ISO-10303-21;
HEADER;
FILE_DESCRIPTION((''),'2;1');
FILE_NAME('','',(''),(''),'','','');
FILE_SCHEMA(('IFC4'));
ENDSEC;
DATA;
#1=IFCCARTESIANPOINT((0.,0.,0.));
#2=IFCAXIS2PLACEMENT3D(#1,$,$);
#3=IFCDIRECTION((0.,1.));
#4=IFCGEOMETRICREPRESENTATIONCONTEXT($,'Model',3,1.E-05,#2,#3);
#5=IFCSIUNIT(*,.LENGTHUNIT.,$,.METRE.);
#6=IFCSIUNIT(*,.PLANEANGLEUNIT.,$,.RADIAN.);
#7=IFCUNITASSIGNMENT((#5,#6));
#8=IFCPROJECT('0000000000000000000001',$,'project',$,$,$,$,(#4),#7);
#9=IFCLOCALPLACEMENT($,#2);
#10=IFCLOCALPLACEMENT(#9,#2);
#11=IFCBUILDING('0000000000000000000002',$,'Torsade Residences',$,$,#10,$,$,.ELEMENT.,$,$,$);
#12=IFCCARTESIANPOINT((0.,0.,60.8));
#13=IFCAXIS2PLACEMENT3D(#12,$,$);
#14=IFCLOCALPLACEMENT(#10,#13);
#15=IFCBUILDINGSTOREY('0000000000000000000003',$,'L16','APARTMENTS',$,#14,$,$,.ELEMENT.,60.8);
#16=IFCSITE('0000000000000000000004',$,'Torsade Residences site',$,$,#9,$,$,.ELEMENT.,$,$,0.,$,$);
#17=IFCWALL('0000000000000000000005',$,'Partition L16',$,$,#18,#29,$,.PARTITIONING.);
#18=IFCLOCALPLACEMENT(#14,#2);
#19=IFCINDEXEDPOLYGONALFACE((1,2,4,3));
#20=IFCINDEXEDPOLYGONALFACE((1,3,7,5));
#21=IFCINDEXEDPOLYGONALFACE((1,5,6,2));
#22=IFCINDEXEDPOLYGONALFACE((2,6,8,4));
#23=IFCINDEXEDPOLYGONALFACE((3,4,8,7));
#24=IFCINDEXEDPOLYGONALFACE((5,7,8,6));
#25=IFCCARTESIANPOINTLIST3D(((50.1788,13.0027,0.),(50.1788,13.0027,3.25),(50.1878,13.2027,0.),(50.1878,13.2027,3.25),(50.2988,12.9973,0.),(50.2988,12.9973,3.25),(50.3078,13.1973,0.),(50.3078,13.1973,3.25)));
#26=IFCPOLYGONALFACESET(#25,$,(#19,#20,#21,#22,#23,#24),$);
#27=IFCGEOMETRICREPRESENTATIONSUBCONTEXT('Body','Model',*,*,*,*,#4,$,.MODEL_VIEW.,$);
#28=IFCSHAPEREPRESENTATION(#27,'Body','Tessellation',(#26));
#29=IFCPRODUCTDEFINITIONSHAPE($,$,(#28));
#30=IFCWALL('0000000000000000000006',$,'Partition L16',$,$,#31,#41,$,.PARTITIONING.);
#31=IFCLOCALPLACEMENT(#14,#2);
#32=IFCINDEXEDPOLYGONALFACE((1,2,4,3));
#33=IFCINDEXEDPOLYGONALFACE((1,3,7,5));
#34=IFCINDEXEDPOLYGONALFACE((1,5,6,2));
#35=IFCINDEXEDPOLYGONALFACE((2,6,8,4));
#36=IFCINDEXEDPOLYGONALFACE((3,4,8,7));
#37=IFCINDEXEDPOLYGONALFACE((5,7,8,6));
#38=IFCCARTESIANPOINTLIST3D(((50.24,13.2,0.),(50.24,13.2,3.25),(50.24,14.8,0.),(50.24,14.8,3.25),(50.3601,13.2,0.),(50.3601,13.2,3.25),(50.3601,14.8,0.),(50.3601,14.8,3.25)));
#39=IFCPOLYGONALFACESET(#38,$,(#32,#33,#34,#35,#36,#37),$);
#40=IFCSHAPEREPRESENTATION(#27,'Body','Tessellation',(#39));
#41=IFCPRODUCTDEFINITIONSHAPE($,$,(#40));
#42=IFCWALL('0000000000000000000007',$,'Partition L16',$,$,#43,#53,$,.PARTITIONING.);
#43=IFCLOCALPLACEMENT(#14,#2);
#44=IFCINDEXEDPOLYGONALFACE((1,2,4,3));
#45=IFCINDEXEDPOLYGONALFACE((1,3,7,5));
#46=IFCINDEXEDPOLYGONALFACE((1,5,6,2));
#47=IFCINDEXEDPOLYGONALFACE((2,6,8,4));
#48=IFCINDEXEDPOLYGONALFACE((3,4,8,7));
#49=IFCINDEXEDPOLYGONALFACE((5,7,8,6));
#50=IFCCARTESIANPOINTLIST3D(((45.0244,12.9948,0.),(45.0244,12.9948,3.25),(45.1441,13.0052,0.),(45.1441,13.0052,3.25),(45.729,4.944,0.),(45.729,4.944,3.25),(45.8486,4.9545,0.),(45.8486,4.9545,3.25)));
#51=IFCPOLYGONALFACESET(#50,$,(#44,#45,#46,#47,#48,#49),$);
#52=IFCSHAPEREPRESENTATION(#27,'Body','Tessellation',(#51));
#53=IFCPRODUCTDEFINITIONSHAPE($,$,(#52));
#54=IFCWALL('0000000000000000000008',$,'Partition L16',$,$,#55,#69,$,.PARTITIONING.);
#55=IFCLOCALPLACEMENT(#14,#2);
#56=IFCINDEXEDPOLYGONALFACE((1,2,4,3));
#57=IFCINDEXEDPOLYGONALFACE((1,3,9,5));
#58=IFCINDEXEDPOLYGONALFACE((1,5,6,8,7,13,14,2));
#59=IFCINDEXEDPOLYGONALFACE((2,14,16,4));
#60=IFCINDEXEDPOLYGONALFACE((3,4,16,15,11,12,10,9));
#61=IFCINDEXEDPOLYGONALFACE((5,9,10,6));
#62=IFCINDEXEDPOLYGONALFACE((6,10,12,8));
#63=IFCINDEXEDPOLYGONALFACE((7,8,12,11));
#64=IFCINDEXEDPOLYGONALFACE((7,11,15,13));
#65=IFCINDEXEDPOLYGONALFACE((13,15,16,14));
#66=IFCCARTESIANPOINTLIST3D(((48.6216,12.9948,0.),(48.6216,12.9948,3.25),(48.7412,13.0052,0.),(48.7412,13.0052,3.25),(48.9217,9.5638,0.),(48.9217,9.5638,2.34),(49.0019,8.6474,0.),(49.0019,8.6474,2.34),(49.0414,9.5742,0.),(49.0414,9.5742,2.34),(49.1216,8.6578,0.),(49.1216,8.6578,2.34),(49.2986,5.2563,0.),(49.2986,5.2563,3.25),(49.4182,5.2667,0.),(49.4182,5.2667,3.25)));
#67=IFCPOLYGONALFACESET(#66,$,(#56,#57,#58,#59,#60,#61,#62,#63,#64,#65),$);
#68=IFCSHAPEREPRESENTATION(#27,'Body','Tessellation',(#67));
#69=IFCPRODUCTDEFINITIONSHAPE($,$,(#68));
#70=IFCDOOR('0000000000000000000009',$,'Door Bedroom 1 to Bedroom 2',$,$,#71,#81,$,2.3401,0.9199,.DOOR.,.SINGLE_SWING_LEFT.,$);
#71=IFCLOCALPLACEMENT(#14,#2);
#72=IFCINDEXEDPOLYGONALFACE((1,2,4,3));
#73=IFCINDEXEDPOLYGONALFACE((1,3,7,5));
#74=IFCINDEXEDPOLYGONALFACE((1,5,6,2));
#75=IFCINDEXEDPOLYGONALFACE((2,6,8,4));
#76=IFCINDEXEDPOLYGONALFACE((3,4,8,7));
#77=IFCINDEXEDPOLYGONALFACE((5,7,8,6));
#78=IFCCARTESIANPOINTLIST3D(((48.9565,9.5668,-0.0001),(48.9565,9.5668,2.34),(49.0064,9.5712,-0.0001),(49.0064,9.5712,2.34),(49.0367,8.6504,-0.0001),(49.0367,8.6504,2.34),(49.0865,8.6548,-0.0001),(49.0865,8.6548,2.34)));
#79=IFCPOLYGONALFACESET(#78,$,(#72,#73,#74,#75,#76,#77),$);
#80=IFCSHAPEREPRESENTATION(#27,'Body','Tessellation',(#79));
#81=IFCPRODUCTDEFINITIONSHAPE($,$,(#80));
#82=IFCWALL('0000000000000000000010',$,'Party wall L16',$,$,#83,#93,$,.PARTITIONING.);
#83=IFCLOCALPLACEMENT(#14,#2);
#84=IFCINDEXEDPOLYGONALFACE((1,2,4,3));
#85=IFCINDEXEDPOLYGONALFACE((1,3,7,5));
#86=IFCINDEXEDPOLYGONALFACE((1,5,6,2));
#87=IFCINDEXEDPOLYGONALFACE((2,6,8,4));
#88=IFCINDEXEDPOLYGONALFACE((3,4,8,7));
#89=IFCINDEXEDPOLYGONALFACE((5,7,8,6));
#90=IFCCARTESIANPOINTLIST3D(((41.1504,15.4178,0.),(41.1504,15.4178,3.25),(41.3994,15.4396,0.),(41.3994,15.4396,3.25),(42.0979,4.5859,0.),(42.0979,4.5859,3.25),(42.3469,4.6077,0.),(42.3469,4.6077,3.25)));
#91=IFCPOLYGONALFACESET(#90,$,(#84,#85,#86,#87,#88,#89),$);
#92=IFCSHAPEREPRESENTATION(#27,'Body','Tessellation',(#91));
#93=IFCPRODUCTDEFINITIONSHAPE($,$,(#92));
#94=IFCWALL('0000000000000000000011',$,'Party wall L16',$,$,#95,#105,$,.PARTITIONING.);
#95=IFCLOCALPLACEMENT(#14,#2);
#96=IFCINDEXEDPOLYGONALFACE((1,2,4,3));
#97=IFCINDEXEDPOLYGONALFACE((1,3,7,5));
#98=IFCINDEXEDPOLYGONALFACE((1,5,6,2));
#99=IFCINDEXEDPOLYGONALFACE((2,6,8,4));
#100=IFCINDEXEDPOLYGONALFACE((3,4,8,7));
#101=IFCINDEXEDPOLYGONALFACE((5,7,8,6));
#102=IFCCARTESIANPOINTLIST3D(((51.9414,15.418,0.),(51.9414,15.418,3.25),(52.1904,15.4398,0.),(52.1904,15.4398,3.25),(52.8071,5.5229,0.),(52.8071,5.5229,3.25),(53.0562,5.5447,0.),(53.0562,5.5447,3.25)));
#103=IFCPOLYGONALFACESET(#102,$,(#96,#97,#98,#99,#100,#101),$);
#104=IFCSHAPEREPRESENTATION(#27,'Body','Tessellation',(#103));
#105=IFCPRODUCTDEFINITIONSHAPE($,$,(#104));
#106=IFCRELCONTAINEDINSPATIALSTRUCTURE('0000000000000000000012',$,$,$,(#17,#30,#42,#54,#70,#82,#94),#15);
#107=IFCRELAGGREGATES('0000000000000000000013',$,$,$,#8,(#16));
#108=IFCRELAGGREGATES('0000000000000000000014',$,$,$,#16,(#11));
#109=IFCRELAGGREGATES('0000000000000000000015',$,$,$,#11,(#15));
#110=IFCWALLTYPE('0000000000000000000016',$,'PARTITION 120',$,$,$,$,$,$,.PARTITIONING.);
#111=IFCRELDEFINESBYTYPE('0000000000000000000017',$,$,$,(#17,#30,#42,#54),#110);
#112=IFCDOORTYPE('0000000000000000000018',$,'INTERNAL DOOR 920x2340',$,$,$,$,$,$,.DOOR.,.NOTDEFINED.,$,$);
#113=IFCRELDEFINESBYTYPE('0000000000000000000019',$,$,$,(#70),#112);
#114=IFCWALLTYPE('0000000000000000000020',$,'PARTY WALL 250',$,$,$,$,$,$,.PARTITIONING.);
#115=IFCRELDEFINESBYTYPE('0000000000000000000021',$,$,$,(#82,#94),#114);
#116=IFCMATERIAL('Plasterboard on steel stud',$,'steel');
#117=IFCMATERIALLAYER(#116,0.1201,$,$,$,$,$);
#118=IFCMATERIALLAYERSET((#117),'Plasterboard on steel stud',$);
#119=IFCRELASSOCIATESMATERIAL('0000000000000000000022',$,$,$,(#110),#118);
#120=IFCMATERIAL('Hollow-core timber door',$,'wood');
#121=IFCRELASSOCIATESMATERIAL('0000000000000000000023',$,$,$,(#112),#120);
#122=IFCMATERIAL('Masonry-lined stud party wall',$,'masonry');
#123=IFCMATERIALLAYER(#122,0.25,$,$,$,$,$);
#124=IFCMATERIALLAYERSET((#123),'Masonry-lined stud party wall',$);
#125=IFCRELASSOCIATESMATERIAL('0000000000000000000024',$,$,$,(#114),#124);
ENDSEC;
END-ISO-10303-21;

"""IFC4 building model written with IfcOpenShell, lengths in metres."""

from ifc_helpers import new_model, si_unit, direction, frame, frame_2d, origin, place, context, subcontext, project, spatial, rectangle, extrude, material, layer, layer_set, type_object, element, fill, save


model = new_model("IFC4")

# Units and contexts
model_context = context("Model", 3, precision=1e-05, world=origin(), true_north=direction((0.0, 1.0)))
body_context = subcontext(model_context, "Body", "Model", "MODEL_VIEW")
ifc_project = project(units=[si_unit("LENGTHUNIT", "METRE"), si_unit("PLANEANGLEUNIT", "RADIAN")], contexts=[model_context])

# Site, building, storey
site_placement = place(None, origin())
site = spatial("IfcSite", under=ifc_project, at=site_placement, Name="Torsade Residences site", CompositionType="ELEMENT", RefElevation=0.0)
building_placement = place(site_placement, origin())
building = spatial("IfcBuilding", under=site, at=building_placement, Name="Torsade Residences", CompositionType="ELEMENT")
storey_placement = place(building_placement, frame((0.0, 0.0, 60.8)))
storey = spatial("IfcBuildingStorey", under=building, at=storey_placement, Name="L16", Description="APARTMENTS", CompositionType="ELEMENT", Elevation=60.8)

# Shared definitions
ifc_material_1 = material(Name="Plasterboard on steel stud", Category="steel")
ifc_layer_1 = layer(ifc_material_1, 0.1201)
ifc_layer_set_1 = layer_set([ifc_layer_1], Name="Plasterboard on steel stud")
wall_type_1 = type_object("IfcWallType", Name="PARTITION 120", PredefinedType="PARTITIONING", material=ifc_layer_set_1)
ifc_material_2 = material(Name="Hollow-core timber door", Category="wood")
door_type_1 = type_object("IfcDoorType", Name="INTERNAL DOOR 920x2340", OperationType="NOTDEFINED", PredefinedType="DOOR", material=ifc_material_2)

# Walls
wall_1_placement = place(storey_placement, frame((50.2388, 13.0, 0.0), z_axis=(0.0, 0.0, 1.0), x_axis=(0.045131, 0.998981, 0.0)))
element("IfcWall", 1, at=wall_1_placement, inside=storey, type_object=wall_type_1, Name="Partition L16", PredefinedType="PARTITIONING", context=body_context, shape_type="SweptSolid", body=[
    extrude(rectangle(XDim=0.2002, YDim=0.1201, at=frame_2d((0.1001, 0.0))), origin(), (0.0, 0.0, 1.0), 3.25),
])
wall_2_placement = place(storey_placement, frame((50.3, 13.2, 0.0), z_axis=(0.0, 0.0, 1.0), x_axis=(0.0, 1.0, 0.0)))
element("IfcWall", 2, at=wall_2_placement, inside=storey, type_object=wall_type_1, Name="Partition L16", PredefinedType="PARTITIONING", context=body_context, shape_type="SweptSolid", body=[
    extrude(rectangle(XDim=1.6001, YDim=0.1201, at=frame_2d((0.8, 0.0))), origin(), (0.0, 0.0, 1.0), 3.25),
])
wall_3_placement = place(storey_placement, frame((45.0842, 13.0, 0.0), z_axis=(0.0, 0.0, 1.0), x_axis=(0.087185, -0.996192, 0.0)))
element("IfcWall", 3, at=wall_3_placement, inside=storey, type_object=wall_type_1, Name="Partition L16", PredefinedType="PARTITIONING", context=body_context, shape_type="SweptSolid", body=[
    extrude(rectangle(XDim=8.0815, YDim=0.1201, at=frame_2d((4.0408, 0.0))), origin(), (0.0, 0.0, 1.0), 3.25),
])

# Wall, opening, door
wall_4_placement = place(storey_placement, frame((48.6814, 13.0, 0.0), z_axis=(0.0, 0.0, 1.0), x_axis=(0.087152, -0.996195, 0.0)))
wall_4 = element("IfcWall", 4, at=wall_4_placement, inside=storey, type_object=wall_type_1, Name="Partition L16", PredefinedType="PARTITIONING", context=body_context, shape_type="SweptSolid", body=[
    extrude(rectangle(XDim=7.7681, YDim=0.1201, at=frame_2d((3.884, 0.0))), origin(), (0.0, 0.0, 1.0), 3.25),
])
opening_1_placement = place(wall_4_placement, frame((3.4441, 0.0, 0.0)))
opening_1 = element("IfcOpeningElement", 5, at=opening_1_placement, cuts=wall_4, PredefinedType="OPENING", context=body_context, shape_type="SweptSolid", body=[
    extrude(rectangle(XDim=0.9199, YDim=2.3401, at=frame_2d((0.46, 1.1699))), frame((0.0, 0.0701, 0.0), z_axis=(0.0, -1.0, 0.0), x_axis=(1.0, 0.0, 0.0)), (0.0, 0.0, 1.0), 0.1401),
])
door_1_placement = place(opening_1_placement, origin())
door_1 = element("IfcDoor", 6, at=door_1_placement, inside=storey, type_object=door_type_1, Name="Door Bedroom 1 to Bedroom 2", OperationType="SINGLE_SWING_LEFT", OverallHeight=2.3401, OverallWidth=0.9199, PredefinedType="DOOR", context=body_context, shape_type="SweptSolid", body=[
    extrude(rectangle(XDim=0.9199, YDim=2.3401, at=frame_2d((0.46, 1.1699))), frame((0.0, 0.0249, 0.0), z_axis=(0.0, -1.0, 0.0), x_axis=(1.0, 0.0, 0.0)), (0.0, 0.0, 1.0), 0.05),
])
fill(opening_1, door_1)

# Walls
ifc_material_3 = material(Name="Masonry-lined stud party wall", Category="masonry")
ifc_layer_2 = layer(ifc_material_3, 0.25)
ifc_layer_set_2 = layer_set([ifc_layer_2], Name="Masonry-lined stud party wall")
wall_type_2 = type_object("IfcWallType", Name="PARTY WALL 250", PredefinedType="PARTITIONING", material=ifc_layer_set_2)
wall_5_placement = place(storey_placement, frame((42.2224, 4.5969, 0.0), z_axis=(0.0, 0.0, 1.0), x_axis=(-0.08714, 0.996196, 0.0)))
element("IfcWall", 7, at=wall_5_placement, inside=storey, type_object=wall_type_2, Name="Party wall L16", PredefinedType="PARTITIONING", context=body_context, shape_type="SweptSolid", body=[
    extrude(rectangle(XDim=10.8733, YDim=0.25, at=frame_2d((5.4365, 0.0))), origin(), (0.0, 0.0, 1.0), 3.25),
])
wall_6_placement = place(storey_placement, frame((52.9316, 5.5339, 0.0), z_axis=(0.0, 0.0, 1.0), x_axis=(-0.087158, 0.996195, 0.0)))
element("IfcWall", 8, at=wall_6_placement, inside=storey, type_object=wall_type_2, Name="Party wall L16", PredefinedType="PARTITIONING", context=body_context, shape_type="SweptSolid", body=[
    extrude(rectangle(XDim=9.9329, YDim=0.25, at=frame_2d((4.9663, 0.0))), origin(), (0.0, 0.0, 1.0), 3.25),
])

save(model, "model.ifc")
